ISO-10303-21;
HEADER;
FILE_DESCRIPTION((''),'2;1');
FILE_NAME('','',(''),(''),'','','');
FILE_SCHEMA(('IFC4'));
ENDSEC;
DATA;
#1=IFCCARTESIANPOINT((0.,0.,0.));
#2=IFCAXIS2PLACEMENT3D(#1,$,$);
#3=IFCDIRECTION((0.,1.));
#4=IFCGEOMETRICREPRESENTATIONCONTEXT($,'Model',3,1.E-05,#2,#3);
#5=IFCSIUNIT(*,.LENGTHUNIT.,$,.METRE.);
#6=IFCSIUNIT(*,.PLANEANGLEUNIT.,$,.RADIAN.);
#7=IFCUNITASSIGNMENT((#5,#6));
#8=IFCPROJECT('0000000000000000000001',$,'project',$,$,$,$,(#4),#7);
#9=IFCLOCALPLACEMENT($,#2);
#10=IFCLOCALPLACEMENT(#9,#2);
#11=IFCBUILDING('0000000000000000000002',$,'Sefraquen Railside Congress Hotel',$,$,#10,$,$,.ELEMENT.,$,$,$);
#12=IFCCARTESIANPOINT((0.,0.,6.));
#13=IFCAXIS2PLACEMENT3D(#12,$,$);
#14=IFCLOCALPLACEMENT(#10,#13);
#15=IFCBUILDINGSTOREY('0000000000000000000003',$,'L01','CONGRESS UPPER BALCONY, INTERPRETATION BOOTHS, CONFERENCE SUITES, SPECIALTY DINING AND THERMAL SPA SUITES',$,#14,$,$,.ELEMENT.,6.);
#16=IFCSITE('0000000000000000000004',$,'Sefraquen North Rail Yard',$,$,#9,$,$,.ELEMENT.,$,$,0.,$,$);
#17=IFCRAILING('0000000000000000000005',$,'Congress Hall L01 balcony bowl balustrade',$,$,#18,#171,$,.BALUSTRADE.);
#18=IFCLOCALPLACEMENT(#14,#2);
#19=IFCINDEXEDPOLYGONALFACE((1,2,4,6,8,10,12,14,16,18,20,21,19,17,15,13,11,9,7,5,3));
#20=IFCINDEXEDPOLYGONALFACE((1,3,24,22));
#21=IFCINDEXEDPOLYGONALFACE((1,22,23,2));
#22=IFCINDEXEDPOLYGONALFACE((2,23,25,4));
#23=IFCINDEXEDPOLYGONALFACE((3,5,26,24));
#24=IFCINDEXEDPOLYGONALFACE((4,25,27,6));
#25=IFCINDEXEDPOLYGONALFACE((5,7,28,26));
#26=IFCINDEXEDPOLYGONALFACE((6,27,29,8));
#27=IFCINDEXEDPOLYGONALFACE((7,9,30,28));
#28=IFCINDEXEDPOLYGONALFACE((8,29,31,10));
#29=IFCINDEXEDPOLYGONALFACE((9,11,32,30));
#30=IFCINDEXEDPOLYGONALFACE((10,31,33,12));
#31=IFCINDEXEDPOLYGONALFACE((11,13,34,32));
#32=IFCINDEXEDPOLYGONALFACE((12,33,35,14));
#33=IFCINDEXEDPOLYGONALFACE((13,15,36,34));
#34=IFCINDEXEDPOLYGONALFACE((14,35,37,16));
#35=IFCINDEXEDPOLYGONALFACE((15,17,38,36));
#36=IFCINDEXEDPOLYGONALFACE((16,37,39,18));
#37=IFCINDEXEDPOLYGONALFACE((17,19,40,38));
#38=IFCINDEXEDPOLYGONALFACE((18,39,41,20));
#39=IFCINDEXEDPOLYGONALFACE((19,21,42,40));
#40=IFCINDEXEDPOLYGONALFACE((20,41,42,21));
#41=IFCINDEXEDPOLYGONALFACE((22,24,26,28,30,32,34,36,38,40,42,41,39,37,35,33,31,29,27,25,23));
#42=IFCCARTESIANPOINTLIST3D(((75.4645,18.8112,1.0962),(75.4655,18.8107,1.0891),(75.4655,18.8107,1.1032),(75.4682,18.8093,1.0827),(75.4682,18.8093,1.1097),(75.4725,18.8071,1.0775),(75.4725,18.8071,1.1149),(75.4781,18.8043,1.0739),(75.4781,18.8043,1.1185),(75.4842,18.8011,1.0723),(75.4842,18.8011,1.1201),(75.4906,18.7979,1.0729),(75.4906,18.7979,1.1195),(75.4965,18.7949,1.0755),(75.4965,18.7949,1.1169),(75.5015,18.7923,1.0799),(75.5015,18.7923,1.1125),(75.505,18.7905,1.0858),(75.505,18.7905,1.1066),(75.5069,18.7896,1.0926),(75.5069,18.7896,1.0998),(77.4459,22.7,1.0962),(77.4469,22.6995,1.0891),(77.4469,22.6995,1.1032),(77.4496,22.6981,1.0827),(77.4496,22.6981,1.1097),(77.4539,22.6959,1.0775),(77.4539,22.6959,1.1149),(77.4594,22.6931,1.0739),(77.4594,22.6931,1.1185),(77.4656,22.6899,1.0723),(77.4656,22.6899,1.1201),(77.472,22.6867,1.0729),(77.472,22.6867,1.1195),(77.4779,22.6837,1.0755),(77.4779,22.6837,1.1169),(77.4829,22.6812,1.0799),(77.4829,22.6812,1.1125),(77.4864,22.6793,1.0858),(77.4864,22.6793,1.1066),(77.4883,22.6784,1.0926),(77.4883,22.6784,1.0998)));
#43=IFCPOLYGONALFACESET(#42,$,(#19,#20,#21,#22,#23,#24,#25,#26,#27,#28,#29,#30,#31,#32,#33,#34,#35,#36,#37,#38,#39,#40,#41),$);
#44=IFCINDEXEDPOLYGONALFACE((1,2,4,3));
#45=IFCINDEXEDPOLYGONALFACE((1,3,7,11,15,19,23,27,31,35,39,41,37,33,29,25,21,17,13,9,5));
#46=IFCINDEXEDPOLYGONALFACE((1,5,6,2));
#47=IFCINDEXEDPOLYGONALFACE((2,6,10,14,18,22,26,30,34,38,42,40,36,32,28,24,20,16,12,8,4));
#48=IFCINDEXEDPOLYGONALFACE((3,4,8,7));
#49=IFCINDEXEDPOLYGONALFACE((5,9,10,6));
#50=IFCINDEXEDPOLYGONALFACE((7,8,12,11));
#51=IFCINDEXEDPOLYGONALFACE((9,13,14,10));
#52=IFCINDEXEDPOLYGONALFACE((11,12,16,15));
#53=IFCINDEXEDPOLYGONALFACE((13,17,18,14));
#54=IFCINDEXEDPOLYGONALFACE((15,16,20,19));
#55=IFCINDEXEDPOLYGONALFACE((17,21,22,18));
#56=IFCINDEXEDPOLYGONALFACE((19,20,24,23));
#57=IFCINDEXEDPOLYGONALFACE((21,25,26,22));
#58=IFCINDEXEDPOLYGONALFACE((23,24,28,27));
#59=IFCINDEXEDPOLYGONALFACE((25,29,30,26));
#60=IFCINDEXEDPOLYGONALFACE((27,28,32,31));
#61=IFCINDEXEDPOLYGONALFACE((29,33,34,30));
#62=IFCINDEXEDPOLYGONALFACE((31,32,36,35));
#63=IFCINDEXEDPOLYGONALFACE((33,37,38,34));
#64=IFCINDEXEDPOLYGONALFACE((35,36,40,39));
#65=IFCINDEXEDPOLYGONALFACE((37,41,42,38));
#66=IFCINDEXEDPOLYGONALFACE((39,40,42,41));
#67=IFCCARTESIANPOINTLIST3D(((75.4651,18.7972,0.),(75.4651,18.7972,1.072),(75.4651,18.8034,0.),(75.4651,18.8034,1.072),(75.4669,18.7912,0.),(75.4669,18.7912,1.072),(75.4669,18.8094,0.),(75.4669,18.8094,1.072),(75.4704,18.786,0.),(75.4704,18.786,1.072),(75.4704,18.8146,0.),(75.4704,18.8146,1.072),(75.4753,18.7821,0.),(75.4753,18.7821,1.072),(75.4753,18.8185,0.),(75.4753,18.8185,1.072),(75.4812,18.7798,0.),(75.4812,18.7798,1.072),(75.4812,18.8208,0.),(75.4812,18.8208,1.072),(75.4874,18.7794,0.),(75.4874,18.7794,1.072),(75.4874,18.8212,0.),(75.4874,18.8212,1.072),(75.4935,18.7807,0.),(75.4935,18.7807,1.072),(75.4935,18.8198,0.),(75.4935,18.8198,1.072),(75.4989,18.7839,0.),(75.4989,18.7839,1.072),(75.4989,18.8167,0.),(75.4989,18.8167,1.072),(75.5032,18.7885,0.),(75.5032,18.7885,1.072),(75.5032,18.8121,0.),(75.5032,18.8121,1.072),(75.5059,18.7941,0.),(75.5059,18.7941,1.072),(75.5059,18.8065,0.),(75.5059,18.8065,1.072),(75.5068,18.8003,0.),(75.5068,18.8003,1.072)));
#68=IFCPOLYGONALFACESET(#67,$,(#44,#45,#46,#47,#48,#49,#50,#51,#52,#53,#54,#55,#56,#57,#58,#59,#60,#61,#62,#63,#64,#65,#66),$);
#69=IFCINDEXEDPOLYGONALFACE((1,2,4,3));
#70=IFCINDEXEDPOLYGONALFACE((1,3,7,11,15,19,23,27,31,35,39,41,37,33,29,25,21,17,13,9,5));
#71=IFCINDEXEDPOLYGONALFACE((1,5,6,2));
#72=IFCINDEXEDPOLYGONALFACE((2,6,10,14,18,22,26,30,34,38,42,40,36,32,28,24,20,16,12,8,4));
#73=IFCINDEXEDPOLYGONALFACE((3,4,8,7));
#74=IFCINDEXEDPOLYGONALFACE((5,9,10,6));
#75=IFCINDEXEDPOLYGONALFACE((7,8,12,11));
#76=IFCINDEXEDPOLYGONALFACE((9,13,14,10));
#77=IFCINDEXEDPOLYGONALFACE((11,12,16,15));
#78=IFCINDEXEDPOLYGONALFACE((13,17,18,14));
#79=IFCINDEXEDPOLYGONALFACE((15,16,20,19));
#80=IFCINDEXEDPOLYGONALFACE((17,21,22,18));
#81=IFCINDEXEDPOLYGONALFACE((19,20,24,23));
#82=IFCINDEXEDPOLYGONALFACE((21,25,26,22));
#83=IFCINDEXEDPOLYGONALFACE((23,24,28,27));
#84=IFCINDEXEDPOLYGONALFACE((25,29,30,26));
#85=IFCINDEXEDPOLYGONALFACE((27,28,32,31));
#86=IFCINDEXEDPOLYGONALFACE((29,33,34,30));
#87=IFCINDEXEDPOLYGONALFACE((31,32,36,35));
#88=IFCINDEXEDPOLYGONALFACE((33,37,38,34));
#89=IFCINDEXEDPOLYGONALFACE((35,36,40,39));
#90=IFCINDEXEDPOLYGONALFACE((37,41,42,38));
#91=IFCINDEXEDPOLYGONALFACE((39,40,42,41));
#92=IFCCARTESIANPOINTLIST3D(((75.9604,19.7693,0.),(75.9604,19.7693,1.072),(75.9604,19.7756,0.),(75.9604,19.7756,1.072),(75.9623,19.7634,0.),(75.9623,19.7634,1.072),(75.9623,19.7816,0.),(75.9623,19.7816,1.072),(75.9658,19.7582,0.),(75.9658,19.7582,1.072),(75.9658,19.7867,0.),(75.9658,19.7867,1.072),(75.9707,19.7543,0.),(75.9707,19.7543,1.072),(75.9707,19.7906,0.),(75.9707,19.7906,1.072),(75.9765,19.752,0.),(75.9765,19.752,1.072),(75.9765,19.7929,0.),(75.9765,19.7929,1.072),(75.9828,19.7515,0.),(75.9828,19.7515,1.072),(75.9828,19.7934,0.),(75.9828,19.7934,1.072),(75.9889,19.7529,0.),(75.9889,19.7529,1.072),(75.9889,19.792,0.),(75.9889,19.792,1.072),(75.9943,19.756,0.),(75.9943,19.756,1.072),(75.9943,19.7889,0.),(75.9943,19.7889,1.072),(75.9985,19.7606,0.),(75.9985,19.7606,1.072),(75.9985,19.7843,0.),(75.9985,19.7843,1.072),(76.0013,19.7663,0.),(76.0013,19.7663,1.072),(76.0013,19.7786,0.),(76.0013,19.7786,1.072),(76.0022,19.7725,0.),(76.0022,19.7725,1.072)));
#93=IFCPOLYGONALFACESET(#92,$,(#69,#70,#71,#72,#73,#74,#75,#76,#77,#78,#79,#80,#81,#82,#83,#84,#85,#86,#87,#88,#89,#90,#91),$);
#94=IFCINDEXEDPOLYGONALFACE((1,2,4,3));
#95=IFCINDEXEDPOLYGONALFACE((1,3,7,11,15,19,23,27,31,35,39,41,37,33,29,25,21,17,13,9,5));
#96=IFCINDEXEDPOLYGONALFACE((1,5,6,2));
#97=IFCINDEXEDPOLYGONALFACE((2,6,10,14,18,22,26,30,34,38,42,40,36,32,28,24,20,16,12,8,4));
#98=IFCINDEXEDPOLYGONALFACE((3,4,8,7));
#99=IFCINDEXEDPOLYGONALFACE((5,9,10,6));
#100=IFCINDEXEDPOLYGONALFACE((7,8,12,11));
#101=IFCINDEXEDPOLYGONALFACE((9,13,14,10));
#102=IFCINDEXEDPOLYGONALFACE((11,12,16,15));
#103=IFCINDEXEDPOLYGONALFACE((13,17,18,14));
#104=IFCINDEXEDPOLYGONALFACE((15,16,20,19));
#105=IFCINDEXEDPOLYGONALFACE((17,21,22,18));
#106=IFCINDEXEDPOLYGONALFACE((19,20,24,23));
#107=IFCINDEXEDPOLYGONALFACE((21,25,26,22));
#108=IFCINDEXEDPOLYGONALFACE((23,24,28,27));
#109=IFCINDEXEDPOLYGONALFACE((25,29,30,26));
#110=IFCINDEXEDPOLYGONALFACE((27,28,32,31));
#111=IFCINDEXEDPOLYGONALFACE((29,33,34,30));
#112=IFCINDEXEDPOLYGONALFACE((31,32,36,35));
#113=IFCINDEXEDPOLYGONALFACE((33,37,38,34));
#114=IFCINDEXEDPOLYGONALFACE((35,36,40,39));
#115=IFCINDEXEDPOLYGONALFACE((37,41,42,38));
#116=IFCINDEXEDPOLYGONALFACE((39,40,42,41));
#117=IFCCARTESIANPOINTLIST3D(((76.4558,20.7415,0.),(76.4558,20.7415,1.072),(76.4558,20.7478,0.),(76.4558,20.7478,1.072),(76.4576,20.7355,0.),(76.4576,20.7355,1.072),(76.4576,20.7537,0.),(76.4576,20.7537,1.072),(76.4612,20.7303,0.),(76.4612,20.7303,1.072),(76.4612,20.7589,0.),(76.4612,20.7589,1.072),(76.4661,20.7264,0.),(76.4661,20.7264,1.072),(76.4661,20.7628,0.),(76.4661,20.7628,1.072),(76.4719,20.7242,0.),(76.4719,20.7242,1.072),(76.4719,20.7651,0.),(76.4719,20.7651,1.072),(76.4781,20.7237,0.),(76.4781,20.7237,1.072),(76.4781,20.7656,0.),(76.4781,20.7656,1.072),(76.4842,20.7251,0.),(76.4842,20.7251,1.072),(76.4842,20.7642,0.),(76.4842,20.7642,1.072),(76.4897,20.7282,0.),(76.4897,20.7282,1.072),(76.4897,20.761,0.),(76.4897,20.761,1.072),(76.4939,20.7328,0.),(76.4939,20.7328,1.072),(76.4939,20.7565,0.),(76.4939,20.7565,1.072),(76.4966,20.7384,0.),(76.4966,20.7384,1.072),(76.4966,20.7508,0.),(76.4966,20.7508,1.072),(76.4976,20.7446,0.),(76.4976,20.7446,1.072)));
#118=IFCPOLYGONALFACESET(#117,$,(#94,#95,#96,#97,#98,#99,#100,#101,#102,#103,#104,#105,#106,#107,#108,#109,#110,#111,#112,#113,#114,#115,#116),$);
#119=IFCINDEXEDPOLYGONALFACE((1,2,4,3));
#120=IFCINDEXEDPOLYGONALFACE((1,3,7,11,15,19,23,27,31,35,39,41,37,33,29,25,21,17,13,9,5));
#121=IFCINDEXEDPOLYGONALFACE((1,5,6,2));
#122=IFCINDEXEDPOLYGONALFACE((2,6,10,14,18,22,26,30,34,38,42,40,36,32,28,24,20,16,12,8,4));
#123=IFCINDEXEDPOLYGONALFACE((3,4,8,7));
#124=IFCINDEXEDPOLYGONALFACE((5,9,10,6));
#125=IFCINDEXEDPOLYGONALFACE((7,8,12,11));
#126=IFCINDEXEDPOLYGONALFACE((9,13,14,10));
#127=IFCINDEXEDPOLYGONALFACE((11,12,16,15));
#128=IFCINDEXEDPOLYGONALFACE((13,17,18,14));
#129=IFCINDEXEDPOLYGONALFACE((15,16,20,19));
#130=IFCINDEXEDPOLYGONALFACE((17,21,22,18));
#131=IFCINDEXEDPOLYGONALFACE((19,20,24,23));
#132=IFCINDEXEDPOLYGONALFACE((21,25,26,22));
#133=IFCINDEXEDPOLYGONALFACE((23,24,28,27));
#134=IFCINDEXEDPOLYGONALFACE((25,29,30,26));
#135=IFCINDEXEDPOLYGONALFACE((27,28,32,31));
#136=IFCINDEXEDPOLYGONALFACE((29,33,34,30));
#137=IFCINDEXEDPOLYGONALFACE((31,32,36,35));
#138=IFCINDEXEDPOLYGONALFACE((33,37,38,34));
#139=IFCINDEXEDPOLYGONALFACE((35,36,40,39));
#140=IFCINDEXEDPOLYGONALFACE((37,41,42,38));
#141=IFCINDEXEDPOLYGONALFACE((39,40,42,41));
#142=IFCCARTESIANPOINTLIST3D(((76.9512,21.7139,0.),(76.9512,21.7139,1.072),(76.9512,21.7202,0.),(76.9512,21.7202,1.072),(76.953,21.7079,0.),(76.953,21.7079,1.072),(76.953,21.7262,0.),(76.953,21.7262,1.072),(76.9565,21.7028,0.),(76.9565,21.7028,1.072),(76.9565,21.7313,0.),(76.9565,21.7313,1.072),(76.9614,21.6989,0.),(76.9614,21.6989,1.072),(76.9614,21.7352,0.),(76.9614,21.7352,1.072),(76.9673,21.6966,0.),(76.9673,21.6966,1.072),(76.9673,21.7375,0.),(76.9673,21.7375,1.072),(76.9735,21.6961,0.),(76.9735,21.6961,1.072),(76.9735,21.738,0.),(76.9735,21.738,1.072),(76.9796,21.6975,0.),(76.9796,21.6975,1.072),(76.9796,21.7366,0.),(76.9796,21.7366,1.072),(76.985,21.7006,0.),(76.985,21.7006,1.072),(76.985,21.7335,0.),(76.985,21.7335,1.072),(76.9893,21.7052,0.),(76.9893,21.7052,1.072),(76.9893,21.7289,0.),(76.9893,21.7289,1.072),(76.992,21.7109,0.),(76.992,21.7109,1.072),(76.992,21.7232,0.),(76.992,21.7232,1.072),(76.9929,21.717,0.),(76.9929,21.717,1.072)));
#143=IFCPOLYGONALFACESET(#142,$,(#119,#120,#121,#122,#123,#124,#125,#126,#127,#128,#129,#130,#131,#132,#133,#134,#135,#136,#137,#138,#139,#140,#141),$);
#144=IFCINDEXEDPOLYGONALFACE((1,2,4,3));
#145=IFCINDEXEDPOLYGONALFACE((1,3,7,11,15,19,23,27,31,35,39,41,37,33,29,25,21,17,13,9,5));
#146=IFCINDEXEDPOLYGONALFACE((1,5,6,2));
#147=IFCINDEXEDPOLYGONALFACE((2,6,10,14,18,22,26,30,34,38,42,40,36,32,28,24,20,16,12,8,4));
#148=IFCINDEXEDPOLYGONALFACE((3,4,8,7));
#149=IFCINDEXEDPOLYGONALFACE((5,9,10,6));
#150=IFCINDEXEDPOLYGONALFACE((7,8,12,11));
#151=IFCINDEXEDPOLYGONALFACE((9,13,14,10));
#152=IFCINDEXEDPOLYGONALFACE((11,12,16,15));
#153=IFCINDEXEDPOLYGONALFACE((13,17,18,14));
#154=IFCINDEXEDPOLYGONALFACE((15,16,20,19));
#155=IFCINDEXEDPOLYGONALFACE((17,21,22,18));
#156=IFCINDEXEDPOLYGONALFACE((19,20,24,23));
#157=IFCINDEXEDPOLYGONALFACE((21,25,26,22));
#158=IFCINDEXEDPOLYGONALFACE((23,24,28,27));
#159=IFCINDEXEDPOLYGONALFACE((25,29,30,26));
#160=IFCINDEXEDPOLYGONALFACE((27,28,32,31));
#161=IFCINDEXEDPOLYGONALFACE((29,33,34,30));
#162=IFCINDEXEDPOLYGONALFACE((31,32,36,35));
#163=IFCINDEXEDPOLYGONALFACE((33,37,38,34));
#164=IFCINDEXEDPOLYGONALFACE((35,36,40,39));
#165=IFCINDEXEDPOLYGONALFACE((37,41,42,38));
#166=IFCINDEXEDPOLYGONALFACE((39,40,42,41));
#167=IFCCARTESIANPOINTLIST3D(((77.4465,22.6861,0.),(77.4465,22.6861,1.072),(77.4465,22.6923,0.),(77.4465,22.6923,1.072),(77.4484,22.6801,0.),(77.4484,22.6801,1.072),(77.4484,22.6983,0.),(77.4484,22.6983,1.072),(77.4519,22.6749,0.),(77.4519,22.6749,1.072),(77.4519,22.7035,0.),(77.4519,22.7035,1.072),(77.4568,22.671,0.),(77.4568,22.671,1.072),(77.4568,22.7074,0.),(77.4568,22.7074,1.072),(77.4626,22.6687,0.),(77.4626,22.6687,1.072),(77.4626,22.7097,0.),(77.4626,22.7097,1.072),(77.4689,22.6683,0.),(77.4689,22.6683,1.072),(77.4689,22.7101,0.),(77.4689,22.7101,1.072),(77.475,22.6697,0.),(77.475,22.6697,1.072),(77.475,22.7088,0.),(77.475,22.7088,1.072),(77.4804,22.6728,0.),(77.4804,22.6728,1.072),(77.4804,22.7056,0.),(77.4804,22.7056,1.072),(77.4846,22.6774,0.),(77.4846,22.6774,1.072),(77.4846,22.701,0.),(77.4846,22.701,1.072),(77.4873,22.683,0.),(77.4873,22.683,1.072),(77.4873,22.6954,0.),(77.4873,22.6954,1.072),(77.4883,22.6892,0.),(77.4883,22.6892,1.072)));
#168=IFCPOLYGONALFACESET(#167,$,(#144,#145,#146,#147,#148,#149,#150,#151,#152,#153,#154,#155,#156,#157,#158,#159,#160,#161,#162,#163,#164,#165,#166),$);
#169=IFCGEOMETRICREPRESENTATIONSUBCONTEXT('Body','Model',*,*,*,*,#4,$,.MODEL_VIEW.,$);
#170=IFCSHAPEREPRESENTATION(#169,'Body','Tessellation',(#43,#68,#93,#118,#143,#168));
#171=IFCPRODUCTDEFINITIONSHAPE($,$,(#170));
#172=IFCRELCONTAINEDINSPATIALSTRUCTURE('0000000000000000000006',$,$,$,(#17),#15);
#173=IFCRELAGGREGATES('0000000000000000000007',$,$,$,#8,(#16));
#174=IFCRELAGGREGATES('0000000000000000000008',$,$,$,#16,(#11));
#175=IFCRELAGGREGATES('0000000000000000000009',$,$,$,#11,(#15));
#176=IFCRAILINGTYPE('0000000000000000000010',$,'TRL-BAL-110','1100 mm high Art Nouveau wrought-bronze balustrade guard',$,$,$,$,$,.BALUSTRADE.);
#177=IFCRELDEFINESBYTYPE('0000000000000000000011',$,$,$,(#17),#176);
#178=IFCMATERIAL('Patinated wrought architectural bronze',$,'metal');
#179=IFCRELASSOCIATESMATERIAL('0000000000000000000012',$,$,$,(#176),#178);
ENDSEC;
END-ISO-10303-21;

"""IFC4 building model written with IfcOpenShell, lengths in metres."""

from ifc_helpers import new_model, si_unit, direction, frame, origin, origin_2d, place, context, subcontext, project, spatial, circle, extrude, material, type_object, element, save


model = new_model("IFC4")

# Units and contexts
model_context = context("Model", 3, precision=1e-05, world=origin(), true_north=direction((0.0, 1.0)))
body_context = subcontext(model_context, "Body", "Model", "MODEL_VIEW")
ifc_project = project(units=[si_unit("LENGTHUNIT", "METRE"), si_unit("PLANEANGLEUNIT", "RADIAN")], contexts=[model_context])

# Site, building, storey
site_placement = place(None, origin())
site = spatial("IfcSite", under=ifc_project, at=site_placement, Name="Sefraquen North Rail Yard", CompositionType="ELEMENT", RefElevation=0.0)
building_placement = place(site_placement, origin())
building = spatial("IfcBuilding", under=site, at=building_placement, Name="Sefraquen Railside Congress Hotel", CompositionType="ELEMENT")
storey_placement = place(building_placement, frame((0.0, 0.0, 6.0)))
storey = spatial("IfcBuildingStorey", under=building, at=storey_placement, Name="L01", Description="CONGRESS UPPER BALCONY, INTERPRETATION BOOTHS, CONFERENCE SUITES, SPECIALTY DINING AND THERMAL SPA SUITES", CompositionType="ELEMENT", Elevation=6.0)

# Railing
ifc_material_1 = material(Name="Patinated wrought architectural bronze", Category="metal")
railing_type = type_object("IfcRailingType", Name="TRL-BAL-110", Description="1100 mm high Art Nouveau wrought-bronze balustrade guard", PredefinedType="BALUSTRADE", material=ifc_material_1)
railing_1_placement = place(storey_placement, frame((75.4858, 18.8003, 0.0)))
element("IfcRailing", 1, at=railing_1_placement, inside=storey, type_object=railing_type, Name="Congress Hall L01 balcony bowl balustrade", PredefinedType="BALUSTRADE", context=body_context, shape_type="SweptSolid", body=[
    extrude(circle(Radius=0.0239, at=origin_2d()), frame((0.0, 0.0, 1.0962), z_axis=(0.45398, 0.891012, 0.0), x_axis=(-0.891012, 0.45398, 0.0)), (0.0, 0.0, 1.0), 4.3645),
    extrude(circle(Radius=0.021, at=origin_2d()), origin(), (0.0, 0.0, 1.0), 1.072),
    extrude(circle(Radius=0.021, at=origin_2d()), frame((0.4954, 0.9722, 0.0)), (0.0, 0.0, 1.0), 1.072),
    extrude(circle(Radius=0.021, at=origin_2d()), frame((0.9907, 1.9443, 0.0)), (0.0, 0.0, 1.0), 1.072),
    extrude(circle(Radius=0.021, at=origin_2d()), frame((1.4861, 2.9167, 0.0)), (0.0, 0.0, 1.0), 1.072),
    extrude(circle(Radius=0.021, at=origin_2d()), frame((1.9814, 3.8889, 0.0)), (0.0, 0.0, 1.0), 1.072),
])

save(model, "model.ifc")
